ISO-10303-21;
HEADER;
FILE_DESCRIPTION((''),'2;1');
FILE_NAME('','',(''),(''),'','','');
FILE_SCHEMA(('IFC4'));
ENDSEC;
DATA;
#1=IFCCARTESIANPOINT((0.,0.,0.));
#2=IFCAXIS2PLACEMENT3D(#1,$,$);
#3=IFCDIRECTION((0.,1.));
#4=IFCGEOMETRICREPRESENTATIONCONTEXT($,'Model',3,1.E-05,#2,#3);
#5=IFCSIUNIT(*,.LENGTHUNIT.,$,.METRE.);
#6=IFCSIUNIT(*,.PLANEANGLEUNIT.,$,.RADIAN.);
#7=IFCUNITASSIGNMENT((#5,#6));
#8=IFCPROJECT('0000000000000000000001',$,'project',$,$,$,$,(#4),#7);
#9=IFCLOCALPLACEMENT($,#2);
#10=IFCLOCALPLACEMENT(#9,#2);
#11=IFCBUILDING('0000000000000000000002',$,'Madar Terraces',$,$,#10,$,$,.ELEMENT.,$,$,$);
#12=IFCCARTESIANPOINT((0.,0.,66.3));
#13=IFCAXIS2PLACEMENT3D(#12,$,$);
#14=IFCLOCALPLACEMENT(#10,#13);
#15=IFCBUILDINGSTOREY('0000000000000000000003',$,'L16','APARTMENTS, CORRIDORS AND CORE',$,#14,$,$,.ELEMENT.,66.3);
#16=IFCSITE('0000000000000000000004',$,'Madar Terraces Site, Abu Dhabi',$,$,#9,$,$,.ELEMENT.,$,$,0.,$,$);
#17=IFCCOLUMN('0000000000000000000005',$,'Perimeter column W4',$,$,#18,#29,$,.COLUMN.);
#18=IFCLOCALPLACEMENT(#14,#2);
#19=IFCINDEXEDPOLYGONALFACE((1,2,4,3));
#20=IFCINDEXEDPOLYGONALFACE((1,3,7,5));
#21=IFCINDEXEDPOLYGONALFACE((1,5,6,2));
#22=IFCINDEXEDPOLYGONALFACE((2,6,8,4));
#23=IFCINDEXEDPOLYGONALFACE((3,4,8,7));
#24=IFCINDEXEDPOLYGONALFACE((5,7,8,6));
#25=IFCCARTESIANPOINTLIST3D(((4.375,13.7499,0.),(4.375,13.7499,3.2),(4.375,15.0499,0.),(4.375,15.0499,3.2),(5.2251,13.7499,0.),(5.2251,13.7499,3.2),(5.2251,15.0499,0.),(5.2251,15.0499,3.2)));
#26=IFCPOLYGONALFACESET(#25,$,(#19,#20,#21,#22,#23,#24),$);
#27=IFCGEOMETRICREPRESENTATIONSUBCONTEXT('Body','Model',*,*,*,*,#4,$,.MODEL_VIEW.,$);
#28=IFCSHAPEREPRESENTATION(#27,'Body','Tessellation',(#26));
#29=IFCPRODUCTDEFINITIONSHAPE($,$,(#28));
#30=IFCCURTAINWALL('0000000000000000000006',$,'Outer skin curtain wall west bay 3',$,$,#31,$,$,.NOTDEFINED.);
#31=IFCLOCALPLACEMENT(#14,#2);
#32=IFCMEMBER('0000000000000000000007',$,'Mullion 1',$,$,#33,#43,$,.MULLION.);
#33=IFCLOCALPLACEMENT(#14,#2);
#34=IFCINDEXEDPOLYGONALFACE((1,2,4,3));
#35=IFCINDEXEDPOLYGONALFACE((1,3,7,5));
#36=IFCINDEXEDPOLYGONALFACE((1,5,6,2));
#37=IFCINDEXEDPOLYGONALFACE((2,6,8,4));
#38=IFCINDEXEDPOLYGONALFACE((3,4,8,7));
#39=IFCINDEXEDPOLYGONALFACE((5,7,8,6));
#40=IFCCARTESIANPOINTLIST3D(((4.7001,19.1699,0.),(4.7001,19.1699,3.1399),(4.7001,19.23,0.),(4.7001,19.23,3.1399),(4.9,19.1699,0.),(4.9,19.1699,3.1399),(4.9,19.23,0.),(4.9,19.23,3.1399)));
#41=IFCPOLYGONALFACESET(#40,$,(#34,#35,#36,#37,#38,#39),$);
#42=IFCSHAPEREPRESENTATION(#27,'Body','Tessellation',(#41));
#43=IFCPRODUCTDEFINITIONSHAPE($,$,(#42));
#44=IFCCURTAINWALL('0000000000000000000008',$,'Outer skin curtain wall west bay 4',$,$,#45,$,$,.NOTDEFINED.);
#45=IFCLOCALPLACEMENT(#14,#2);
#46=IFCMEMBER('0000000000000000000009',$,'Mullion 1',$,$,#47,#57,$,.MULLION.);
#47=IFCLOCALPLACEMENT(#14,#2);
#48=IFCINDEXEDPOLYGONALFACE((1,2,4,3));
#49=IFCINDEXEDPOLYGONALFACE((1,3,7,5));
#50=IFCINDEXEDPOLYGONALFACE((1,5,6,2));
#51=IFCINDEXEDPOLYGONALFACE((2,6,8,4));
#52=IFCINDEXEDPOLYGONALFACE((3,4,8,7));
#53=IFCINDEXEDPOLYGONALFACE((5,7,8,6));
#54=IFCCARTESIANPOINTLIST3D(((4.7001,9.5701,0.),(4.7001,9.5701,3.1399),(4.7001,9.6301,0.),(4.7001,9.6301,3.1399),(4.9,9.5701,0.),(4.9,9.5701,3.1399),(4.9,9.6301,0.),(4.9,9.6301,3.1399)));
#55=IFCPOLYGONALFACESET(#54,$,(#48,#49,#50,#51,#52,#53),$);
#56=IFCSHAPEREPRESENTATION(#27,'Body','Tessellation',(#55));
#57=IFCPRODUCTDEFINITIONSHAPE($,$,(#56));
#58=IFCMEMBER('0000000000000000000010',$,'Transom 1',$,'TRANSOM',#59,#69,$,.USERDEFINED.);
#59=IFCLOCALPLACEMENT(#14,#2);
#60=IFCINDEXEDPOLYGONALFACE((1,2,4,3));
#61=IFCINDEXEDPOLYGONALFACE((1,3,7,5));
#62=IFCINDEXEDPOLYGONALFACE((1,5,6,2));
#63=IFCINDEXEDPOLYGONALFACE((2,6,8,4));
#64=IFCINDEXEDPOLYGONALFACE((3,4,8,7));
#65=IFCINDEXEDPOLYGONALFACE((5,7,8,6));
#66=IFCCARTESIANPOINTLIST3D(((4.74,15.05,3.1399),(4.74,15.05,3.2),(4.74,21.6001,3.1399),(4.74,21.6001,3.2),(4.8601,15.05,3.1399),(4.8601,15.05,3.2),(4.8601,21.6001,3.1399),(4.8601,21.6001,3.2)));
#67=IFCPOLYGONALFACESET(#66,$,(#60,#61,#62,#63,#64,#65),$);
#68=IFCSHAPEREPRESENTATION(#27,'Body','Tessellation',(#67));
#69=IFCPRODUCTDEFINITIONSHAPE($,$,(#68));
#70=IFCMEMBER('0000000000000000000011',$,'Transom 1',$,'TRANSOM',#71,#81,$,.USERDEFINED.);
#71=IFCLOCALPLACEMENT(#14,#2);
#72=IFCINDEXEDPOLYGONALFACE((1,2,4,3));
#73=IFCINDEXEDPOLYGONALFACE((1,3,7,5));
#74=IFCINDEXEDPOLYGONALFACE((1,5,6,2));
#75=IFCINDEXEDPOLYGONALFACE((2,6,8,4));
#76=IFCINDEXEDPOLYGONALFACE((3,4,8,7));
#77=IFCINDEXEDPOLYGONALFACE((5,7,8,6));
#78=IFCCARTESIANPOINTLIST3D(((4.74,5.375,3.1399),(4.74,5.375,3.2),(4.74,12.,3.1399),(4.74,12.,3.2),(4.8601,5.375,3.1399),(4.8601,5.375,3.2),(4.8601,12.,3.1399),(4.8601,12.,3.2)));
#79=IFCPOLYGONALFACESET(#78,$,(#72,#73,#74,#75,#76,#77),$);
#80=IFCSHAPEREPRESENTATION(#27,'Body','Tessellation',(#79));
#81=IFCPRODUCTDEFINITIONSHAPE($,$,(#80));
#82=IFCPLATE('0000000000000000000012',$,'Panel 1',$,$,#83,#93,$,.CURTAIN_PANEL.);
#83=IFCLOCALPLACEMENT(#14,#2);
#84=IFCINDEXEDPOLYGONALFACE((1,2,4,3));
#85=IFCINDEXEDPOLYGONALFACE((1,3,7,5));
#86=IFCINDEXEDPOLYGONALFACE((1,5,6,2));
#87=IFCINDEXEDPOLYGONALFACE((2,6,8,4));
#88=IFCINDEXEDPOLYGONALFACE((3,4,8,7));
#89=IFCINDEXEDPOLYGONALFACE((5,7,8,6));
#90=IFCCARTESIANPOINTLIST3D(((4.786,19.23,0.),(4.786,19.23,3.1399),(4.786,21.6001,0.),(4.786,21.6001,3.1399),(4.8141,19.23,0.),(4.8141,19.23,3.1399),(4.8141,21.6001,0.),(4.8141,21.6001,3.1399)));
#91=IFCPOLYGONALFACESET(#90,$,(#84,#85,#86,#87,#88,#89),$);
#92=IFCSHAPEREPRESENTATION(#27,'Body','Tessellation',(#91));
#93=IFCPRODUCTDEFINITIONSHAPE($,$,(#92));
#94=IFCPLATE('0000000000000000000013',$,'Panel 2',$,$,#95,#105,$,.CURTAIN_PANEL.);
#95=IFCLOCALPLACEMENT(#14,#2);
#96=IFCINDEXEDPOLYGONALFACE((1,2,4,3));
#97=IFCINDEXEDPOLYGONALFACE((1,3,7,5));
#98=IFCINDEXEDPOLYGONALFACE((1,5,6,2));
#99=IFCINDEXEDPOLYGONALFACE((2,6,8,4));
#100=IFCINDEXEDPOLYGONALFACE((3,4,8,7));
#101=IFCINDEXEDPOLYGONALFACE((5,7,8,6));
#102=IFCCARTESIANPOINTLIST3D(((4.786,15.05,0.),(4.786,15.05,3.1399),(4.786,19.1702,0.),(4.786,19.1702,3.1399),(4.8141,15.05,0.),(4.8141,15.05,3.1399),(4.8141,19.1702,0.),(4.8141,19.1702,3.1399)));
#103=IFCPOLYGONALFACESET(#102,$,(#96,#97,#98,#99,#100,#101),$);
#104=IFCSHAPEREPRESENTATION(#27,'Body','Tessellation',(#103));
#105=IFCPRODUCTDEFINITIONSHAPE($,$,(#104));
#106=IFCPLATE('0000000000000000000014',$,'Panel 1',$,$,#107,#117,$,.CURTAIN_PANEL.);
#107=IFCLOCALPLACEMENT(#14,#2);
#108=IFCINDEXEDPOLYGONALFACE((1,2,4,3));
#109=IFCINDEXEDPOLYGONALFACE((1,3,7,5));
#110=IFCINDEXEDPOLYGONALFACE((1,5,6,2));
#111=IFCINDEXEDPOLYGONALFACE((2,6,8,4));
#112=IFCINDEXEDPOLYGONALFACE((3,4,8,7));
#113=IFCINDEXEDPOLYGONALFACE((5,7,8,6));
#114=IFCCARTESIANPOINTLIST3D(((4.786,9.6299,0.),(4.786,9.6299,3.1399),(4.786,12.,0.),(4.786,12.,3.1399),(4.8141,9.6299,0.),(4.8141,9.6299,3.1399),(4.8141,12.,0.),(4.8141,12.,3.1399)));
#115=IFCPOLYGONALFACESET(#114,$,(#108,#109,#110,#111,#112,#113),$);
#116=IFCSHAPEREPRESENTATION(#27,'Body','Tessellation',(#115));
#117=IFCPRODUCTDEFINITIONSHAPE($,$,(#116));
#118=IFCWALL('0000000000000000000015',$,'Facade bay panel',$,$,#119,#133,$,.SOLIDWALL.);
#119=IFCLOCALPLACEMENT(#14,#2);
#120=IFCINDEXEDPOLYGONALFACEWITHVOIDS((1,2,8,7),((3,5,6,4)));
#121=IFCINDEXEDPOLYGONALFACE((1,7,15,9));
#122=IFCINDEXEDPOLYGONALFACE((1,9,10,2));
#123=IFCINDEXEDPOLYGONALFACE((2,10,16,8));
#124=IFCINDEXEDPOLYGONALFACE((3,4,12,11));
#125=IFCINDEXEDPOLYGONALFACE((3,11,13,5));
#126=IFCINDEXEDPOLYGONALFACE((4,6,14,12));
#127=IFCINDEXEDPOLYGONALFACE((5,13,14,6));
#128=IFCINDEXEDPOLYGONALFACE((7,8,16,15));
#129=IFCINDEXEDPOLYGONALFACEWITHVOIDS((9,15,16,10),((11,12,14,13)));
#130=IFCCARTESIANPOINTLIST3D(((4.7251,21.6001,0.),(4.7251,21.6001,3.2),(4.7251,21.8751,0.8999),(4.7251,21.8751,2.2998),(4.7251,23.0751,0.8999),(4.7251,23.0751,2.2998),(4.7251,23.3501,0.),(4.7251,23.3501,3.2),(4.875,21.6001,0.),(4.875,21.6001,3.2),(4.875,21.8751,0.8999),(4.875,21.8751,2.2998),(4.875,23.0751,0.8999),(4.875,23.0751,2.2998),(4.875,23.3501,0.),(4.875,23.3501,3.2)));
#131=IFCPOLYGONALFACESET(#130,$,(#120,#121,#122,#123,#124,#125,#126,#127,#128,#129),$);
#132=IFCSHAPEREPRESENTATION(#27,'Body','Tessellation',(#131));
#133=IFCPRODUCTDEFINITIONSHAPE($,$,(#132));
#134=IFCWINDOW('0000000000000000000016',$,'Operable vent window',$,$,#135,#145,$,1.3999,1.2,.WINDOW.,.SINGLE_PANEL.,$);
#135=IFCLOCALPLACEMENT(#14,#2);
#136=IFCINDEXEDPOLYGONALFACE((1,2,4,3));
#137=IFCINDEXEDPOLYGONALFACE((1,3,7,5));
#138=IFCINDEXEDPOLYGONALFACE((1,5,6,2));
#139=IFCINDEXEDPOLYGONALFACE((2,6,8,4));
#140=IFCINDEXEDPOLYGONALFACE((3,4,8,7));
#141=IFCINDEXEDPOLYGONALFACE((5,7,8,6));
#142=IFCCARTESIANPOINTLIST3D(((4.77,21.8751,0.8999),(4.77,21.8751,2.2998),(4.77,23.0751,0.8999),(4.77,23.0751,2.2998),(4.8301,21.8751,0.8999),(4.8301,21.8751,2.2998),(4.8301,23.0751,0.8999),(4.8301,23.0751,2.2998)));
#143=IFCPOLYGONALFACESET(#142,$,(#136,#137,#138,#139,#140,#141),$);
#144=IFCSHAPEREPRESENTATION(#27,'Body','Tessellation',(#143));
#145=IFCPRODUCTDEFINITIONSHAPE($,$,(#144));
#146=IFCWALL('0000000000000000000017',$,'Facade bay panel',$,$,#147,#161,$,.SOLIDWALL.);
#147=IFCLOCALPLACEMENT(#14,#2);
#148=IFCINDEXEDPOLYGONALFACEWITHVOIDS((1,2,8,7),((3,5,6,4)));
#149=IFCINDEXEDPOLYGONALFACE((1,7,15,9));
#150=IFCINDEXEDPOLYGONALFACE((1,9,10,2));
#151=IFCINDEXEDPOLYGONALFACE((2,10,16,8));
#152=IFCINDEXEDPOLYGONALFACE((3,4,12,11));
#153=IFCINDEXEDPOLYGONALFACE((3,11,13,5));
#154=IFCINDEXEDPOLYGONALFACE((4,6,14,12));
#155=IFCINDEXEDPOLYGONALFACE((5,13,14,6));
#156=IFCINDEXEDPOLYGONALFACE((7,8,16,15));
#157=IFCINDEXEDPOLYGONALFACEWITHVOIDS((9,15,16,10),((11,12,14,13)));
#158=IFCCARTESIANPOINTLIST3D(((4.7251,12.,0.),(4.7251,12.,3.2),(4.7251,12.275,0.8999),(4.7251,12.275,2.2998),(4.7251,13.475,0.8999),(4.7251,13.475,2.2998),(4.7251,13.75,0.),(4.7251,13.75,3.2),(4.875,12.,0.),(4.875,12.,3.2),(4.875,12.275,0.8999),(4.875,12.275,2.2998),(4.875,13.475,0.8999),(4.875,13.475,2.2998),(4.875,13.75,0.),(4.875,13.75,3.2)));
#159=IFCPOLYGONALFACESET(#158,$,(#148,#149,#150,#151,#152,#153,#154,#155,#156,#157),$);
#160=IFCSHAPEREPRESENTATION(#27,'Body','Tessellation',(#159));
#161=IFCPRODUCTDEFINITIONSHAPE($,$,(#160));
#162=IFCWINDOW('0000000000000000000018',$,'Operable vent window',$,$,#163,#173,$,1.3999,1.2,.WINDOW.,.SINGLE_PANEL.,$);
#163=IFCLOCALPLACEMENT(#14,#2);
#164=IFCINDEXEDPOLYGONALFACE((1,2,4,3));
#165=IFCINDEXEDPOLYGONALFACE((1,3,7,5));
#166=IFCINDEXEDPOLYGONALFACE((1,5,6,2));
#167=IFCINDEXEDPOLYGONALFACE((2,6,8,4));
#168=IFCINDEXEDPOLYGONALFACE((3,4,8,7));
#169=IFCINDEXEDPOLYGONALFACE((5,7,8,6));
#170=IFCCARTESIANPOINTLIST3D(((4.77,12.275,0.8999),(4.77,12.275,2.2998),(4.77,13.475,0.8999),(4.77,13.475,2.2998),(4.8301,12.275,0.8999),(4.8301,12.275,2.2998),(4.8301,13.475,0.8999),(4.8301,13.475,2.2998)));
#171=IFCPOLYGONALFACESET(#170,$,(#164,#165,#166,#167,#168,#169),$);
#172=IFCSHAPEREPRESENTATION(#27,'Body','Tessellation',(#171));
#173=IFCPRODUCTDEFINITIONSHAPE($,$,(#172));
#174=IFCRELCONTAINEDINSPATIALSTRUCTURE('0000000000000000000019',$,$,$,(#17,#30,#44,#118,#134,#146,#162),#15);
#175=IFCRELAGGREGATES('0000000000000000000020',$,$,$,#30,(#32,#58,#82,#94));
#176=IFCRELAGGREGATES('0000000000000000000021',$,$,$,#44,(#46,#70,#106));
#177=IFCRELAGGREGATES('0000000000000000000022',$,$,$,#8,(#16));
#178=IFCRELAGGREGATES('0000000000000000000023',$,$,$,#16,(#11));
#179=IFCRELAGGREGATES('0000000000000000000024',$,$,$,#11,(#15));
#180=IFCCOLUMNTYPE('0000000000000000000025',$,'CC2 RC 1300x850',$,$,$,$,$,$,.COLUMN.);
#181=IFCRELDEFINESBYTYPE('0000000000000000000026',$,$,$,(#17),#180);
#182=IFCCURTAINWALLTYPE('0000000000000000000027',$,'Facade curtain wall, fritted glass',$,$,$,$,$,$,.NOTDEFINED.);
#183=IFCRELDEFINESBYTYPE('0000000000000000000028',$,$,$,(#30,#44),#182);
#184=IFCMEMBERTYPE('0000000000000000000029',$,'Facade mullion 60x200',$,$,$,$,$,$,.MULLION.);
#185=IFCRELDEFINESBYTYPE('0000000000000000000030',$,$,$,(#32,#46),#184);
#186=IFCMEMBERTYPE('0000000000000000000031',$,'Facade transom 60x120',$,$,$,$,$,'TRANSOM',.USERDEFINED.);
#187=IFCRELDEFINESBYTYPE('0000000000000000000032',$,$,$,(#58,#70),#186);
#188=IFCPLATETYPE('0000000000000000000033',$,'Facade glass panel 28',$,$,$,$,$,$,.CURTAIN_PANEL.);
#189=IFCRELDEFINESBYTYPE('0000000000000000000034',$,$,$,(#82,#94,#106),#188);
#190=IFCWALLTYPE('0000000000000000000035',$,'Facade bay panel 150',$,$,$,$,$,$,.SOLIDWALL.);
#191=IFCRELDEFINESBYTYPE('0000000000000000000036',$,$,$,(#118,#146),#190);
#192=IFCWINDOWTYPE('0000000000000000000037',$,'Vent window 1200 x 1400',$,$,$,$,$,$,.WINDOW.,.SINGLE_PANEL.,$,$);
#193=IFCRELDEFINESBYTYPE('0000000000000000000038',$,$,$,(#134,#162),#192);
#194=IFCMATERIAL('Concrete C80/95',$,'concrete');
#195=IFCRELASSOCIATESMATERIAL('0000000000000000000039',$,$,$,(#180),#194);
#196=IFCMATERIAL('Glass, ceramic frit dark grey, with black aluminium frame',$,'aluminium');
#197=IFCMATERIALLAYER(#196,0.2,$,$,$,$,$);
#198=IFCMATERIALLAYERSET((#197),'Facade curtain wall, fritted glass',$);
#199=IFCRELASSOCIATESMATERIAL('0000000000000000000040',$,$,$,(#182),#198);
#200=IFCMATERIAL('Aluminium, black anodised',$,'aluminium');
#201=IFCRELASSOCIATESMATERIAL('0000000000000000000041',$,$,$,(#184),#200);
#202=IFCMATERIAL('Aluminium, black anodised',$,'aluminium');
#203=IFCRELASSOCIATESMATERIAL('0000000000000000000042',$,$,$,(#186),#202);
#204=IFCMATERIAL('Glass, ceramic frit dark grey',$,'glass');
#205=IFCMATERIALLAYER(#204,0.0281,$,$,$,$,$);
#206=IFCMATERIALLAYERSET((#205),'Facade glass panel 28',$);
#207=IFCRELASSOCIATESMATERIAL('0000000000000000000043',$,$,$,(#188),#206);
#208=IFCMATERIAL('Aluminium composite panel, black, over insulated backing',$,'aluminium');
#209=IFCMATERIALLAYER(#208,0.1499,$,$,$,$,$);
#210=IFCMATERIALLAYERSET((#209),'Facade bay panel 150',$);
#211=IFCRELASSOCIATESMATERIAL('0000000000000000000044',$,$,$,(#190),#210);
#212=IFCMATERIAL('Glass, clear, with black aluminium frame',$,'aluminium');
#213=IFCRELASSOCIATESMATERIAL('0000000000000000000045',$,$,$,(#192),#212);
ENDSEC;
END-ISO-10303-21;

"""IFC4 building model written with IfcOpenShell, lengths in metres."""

from ifc_helpers import new_model, si_unit, direction, frame, frame_2d, origin, origin_2d, place, context, subcontext, project, spatial, rectangle, extrude, material, layer, layer_set, material_profile, profile_set, type_object, element, fill, aggregate, save


model = new_model("IFC4")

# Units and contexts
model_context = context("Model", 3, precision=1e-05, world=origin(), true_north=direction((0.0, 1.0)))
body_context = subcontext(model_context, "Body", "Model", "MODEL_VIEW")
ifc_project = project(units=[si_unit("LENGTHUNIT", "METRE"), si_unit("PLANEANGLEUNIT", "RADIAN")], contexts=[model_context])

# Site, building, storey
site_placement = place(None, origin())
site = spatial("IfcSite", under=ifc_project, at=site_placement, Name="Madar Terraces Site, Abu Dhabi", CompositionType="ELEMENT", RefElevation=0.0)
building_placement = place(site_placement, origin())
building = spatial("IfcBuilding", under=site, at=building_placement, Name="Madar Terraces", CompositionType="ELEMENT")
storey_placement = place(building_placement, frame((0.0, 0.0, 66.3)))
storey = spatial("IfcBuildingStorey", under=building, at=storey_placement, Name="L16", Description="APARTMENTS, CORRIDORS AND CORE", CompositionType="ELEMENT", Elevation=66.3)

# Column
ifc_material_1 = material(Name="Concrete C80/95", Category="concrete")
ifc_material_profile_1 = material_profile(ifc_material_1, rectangle(XDim=1.3, YDim=0.8501, at=origin_2d()), Name="CC2 RC 1300x850")
ifc_profile_set_1 = profile_set([ifc_material_profile_1], Name="Concrete C80/95")
column_type = type_object("IfcColumnType", Name="CC2 RC 1300x850", PredefinedType="COLUMN", material=ifc_profile_set_1)
column_placement = place(storey_placement, frame((4.8, 14.3999, 0.0), z_axis=(0.0, 0.0, 1.0), x_axis=(0.0, 1.0, 0.0)))
element("IfcColumn", 1, at=column_placement, inside=storey, type_object=column_type, Name="Perimeter column W4", PredefinedType="COLUMN", context=body_context, shape_type="SweptSolid", body=[
    extrude(rectangle(XDim=1.3, YDim=0.8501, at=origin_2d()), origin(), (0.0, 0.0, 1.0), 3.2),
])

# Curtain walls, members
ifc_material_2 = material(Name="Glass, ceramic frit dark grey, with black aluminium frame", Category="aluminium")
ifc_layer_1 = layer(ifc_material_2, 0.2)
ifc_layer_set_1 = layer_set([ifc_layer_1], Name="Facade curtain wall, fritted glass")
curtain_wall_type = type_object("IfcCurtainWallType", Name="Facade curtain wall, fritted glass", PredefinedType="NOTDEFINED", material=ifc_layer_set_1)
curtain_wall_1_placement = place(storey_placement, origin())
curtain_wall_1 = element("IfcCurtainWall", 2, at=curtain_wall_1_placement, inside=storey, type_object=curtain_wall_type, Name="Outer skin curtain wall west bay 3", PredefinedType="NOTDEFINED")
ifc_material_3 = material(Name="Aluminium, black anodised", Category="aluminium")
ifc_material_profile_2 = material_profile(ifc_material_3, rectangle(XDim=0.2, YDim=0.0601, at=origin_2d()), Name="Facade mullion 60x200")
ifc_profile_set_2 = profile_set([ifc_material_profile_2], Name="Aluminium, black anodised")
member_type_1 = type_object("IfcMemberType", Name="Facade mullion 60x200", PredefinedType="MULLION", material=ifc_profile_set_2)
member_1_placement = place(storey_placement, frame((4.8, 19.2, 0.0), z_axis=(0.0, 0.0, 1.0), x_axis=(1.0, 0.0, 0.0)))
member_1 = element("IfcMember", 3, at=member_1_placement, type_object=member_type_1, Name="Mullion 1", PredefinedType="MULLION", context=body_context, shape_type="SweptSolid", body=[
    extrude(rectangle(XDim=0.2, YDim=0.0601, at=origin_2d()), origin(), (0.0, 0.0, 1.0), 3.1399),
])
curtain_wall_2_placement = place(storey_placement, origin())
curtain_wall_2 = element("IfcCurtainWall", 4, at=curtain_wall_2_placement, inside=storey, type_object=curtain_wall_type, Name="Outer skin curtain wall west bay 4", PredefinedType="NOTDEFINED")
member_2_placement = place(storey_placement, frame((4.8, 9.6001, 0.0), z_axis=(0.0, 0.0, 1.0), x_axis=(1.0, 0.0, 0.0)))
member_2 = element("IfcMember", 5, at=member_2_placement, type_object=member_type_1, Name="Mullion 1", PredefinedType="MULLION", context=body_context, shape_type="SweptSolid", body=[
    extrude(rectangle(XDim=0.2, YDim=0.0601, at=origin_2d()), origin(), (0.0, 0.0, 1.0), 3.1399),
])

# Members
ifc_material_4 = material(Name="Aluminium, black anodised", Category="aluminium")
ifc_material_profile_3 = material_profile(ifc_material_4, rectangle(XDim=0.1201, YDim=0.0601, at=origin_2d()), Name="Facade transom 60x120")
ifc_profile_set_3 = profile_set([ifc_material_profile_3], Name="Aluminium, black anodised")
member_type_2 = type_object("IfcMemberType", Name="Facade transom 60x120", ElementType="TRANSOM", PredefinedType="USERDEFINED", material=ifc_profile_set_3)
member_3_placement = place(storey_placement, frame((4.8, 21.6001, 3.1699), z_axis=(0.0, -1.0, 0.0), x_axis=(1.0, 0.0, 0.0)))
member_3 = element("IfcMember", 6, at=member_3_placement, type_object=member_type_2, Name="Transom 1", ObjectType="TRANSOM", PredefinedType="USERDEFINED", context=body_context, shape_type="SweptSolid", body=[
    extrude(rectangle(XDim=0.1201, YDim=0.0601, at=origin_2d()), origin(), (0.0, 0.0, 1.0), 6.55),
])
member_4_placement = place(storey_placement, frame((4.8, 12.0, 3.1699), z_axis=(0.0, -1.0, 0.0), x_axis=(1.0, 0.0, 0.0)))
member_4 = element("IfcMember", 7, at=member_4_placement, type_object=member_type_2, Name="Transom 1", ObjectType="TRANSOM", PredefinedType="USERDEFINED", context=body_context, shape_type="SweptSolid", body=[
    extrude(rectangle(XDim=0.1201, YDim=0.0601, at=origin_2d()), origin(), (0.0, 0.0, 1.0), 6.625),
])

# Plates
ifc_material_5 = material(Name="Glass, ceramic frit dark grey", Category="glass")
ifc_layer_2 = layer(ifc_material_5, 0.0281)
ifc_layer_set_2 = layer_set([ifc_layer_2], Name="Facade glass panel 28")
plate_type = type_object("IfcPlateType", Name="Facade glass panel 28", PredefinedType="CURTAIN_PANEL", material=ifc_layer_set_2)
plate_1_placement = place(storey_placement, frame((4.8, 20.415, 0.0), z_axis=(0.0, 0.0, 1.0), x_axis=(0.0, -1.0, 0.0)))
plate_1 = element("IfcPlate", 8, at=plate_1_placement, type_object=plate_type, Name="Panel 1", PredefinedType="CURTAIN_PANEL", context=body_context, shape_type="SweptSolid", body=[
    extrude(rectangle(XDim=2.3701, YDim=0.0281, at=origin_2d()), origin(), (0.0, 0.0, 1.0), 3.1399),
])
plate_2_placement = place(storey_placement, frame((4.8, 17.1101, 0.0), z_axis=(0.0, 0.0, 1.0), x_axis=(0.0, -1.0, 0.0)))
plate_2 = element("IfcPlate", 9, at=plate_2_placement, type_object=plate_type, Name="Panel 2", PredefinedType="CURTAIN_PANEL", context=body_context, shape_type="SweptSolid", body=[
    extrude(rectangle(XDim=4.1201, YDim=0.0281, at=origin_2d()), origin(), (0.0, 0.0, 1.0), 3.1399),
])
aggregate(curtain_wall_1, [member_1, member_3, plate_1, plate_2])
plate_3_placement = place(storey_placement, frame((4.8, 10.8149, 0.0), z_axis=(0.0, 0.0, 1.0), x_axis=(0.0, -1.0, 0.0)))
plate_3 = element("IfcPlate", 10, at=plate_3_placement, type_object=plate_type, Name="Panel 1", PredefinedType="CURTAIN_PANEL", context=body_context, shape_type="SweptSolid", body=[
    extrude(rectangle(XDim=2.3701, YDim=0.0281, at=origin_2d()), origin(), (0.0, 0.0, 1.0), 3.1399),
])
aggregate(curtain_wall_2, [member_2, member_4, plate_3])

# Walls, openings, windows
ifc_material_6 = material(Name="Aluminium composite panel, black, over insulated backing", Category="aluminium")
ifc_layer_3 = layer(ifc_material_6, 0.1499)
ifc_layer_set_3 = layer_set([ifc_layer_3], Name="Facade bay panel 150")
wall_type_1 = type_object("IfcWallType", Name="Facade bay panel 150", PredefinedType="SOLIDWALL", material=ifc_layer_set_3)
wall_1_placement = place(storey_placement, frame((4.8, 23.3501, 0.0), z_axis=(0.0, 0.0, 1.0), x_axis=(0.0, -1.0, 0.0)))
wall_1 = element("IfcWall", 11, at=wall_1_placement, inside=storey, type_object=wall_type_1, Name="Facade bay panel", PredefinedType="SOLIDWALL", context=body_context, shape_type="SweptSolid", body=[
    extrude(rectangle(XDim=1.75, YDim=0.1499, at=frame_2d((0.875, 0.0))), origin(), (0.0, 0.0, 1.0), 3.2),
])
opening_1_placement = place(wall_1_placement, frame((0.2749, 0.0, 0.8999)))
opening_1 = element("IfcOpeningElement", 12, at=opening_1_placement, cuts=wall_1, PredefinedType="OPENING", context=body_context, shape_type="SweptSolid", body=[
    extrude(rectangle(XDim=1.2, YDim=1.3999, at=frame_2d((0.6001, 0.7))), frame((0.0, 0.085, 0.0), z_axis=(0.0, -1.0, 0.0), x_axis=(1.0, 0.0, 0.0)), (0.0, 0.0, 1.0), 0.1699),
])
ifc_material_7 = material(Name="Glass, clear, with black aluminium frame", Category="aluminium")
window_type = type_object("IfcWindowType", Name="Vent window 1200 x 1400", PartitioningType="SINGLE_PANEL", PredefinedType="WINDOW", material=ifc_material_7)
window_1_placement = place(opening_1_placement, origin())
window_1 = element("IfcWindow", 13, at=window_1_placement, inside=storey, type_object=window_type, Name="Operable vent window", OverallHeight=1.3999, OverallWidth=1.2, PartitioningType="SINGLE_PANEL", PredefinedType="WINDOW", context=body_context, shape_type="SweptSolid", body=[
    extrude(rectangle(XDim=1.2, YDim=1.3999, at=frame_2d((0.6001, 0.7))), frame((0.0, 0.03, 0.0), z_axis=(0.0, -1.0, 0.0), x_axis=(1.0, 0.0, 0.0)), (0.0, 0.0, 1.0), 0.0601),
])
fill(opening_1, window_1)
wall_2_placement = place(storey_placement, frame((4.8, 13.75, 0.0), z_axis=(0.0, 0.0, 1.0), x_axis=(0.0, -1.0, 0.0)))
wall_2 = element("IfcWall", 14, at=wall_2_placement, inside=storey, type_object=wall_type_1, Name="Facade bay panel", PredefinedType="SOLIDWALL", context=body_context, shape_type="SweptSolid", body=[
    extrude(rectangle(XDim=1.75, YDim=0.1499, at=frame_2d((0.875, 0.0))), origin(), (0.0, 0.0, 1.0), 3.2),
])
opening_2_placement = place(wall_2_placement, frame((0.2749, 0.0, 0.8999)))
opening_2 = element("IfcOpeningElement", 15, at=opening_2_placement, cuts=wall_2, PredefinedType="OPENING", context=body_context, shape_type="SweptSolid", body=[
    extrude(rectangle(XDim=1.2, YDim=1.3999, at=frame_2d((0.6001, 0.7))), frame((0.0, 0.085, 0.0), z_axis=(0.0, -1.0, 0.0), x_axis=(1.0, 0.0, 0.0)), (0.0, 0.0, 1.0), 0.1699),
])
window_2_placement = place(opening_2_placement, origin())
window_2 = element("IfcWindow", 16, at=window_2_placement, inside=storey, type_object=window_type, Name="Operable vent window", OverallHeight=1.3999, OverallWidth=1.2, PartitioningType="SINGLE_PANEL", PredefinedType="WINDOW", context=body_context, shape_type="SweptSolid", body=[
    extrude(rectangle(XDim=1.2, YDim=1.3999, at=frame_2d((0.6001, 0.7))), frame((0.0, 0.03, 0.0), z_axis=(0.0, -1.0, 0.0), x_axis=(1.0, 0.0, 0.0)), (0.0, 0.0, 1.0), 0.0601),
])
fill(opening_2, window_2)

save(model, "model.ifc")
